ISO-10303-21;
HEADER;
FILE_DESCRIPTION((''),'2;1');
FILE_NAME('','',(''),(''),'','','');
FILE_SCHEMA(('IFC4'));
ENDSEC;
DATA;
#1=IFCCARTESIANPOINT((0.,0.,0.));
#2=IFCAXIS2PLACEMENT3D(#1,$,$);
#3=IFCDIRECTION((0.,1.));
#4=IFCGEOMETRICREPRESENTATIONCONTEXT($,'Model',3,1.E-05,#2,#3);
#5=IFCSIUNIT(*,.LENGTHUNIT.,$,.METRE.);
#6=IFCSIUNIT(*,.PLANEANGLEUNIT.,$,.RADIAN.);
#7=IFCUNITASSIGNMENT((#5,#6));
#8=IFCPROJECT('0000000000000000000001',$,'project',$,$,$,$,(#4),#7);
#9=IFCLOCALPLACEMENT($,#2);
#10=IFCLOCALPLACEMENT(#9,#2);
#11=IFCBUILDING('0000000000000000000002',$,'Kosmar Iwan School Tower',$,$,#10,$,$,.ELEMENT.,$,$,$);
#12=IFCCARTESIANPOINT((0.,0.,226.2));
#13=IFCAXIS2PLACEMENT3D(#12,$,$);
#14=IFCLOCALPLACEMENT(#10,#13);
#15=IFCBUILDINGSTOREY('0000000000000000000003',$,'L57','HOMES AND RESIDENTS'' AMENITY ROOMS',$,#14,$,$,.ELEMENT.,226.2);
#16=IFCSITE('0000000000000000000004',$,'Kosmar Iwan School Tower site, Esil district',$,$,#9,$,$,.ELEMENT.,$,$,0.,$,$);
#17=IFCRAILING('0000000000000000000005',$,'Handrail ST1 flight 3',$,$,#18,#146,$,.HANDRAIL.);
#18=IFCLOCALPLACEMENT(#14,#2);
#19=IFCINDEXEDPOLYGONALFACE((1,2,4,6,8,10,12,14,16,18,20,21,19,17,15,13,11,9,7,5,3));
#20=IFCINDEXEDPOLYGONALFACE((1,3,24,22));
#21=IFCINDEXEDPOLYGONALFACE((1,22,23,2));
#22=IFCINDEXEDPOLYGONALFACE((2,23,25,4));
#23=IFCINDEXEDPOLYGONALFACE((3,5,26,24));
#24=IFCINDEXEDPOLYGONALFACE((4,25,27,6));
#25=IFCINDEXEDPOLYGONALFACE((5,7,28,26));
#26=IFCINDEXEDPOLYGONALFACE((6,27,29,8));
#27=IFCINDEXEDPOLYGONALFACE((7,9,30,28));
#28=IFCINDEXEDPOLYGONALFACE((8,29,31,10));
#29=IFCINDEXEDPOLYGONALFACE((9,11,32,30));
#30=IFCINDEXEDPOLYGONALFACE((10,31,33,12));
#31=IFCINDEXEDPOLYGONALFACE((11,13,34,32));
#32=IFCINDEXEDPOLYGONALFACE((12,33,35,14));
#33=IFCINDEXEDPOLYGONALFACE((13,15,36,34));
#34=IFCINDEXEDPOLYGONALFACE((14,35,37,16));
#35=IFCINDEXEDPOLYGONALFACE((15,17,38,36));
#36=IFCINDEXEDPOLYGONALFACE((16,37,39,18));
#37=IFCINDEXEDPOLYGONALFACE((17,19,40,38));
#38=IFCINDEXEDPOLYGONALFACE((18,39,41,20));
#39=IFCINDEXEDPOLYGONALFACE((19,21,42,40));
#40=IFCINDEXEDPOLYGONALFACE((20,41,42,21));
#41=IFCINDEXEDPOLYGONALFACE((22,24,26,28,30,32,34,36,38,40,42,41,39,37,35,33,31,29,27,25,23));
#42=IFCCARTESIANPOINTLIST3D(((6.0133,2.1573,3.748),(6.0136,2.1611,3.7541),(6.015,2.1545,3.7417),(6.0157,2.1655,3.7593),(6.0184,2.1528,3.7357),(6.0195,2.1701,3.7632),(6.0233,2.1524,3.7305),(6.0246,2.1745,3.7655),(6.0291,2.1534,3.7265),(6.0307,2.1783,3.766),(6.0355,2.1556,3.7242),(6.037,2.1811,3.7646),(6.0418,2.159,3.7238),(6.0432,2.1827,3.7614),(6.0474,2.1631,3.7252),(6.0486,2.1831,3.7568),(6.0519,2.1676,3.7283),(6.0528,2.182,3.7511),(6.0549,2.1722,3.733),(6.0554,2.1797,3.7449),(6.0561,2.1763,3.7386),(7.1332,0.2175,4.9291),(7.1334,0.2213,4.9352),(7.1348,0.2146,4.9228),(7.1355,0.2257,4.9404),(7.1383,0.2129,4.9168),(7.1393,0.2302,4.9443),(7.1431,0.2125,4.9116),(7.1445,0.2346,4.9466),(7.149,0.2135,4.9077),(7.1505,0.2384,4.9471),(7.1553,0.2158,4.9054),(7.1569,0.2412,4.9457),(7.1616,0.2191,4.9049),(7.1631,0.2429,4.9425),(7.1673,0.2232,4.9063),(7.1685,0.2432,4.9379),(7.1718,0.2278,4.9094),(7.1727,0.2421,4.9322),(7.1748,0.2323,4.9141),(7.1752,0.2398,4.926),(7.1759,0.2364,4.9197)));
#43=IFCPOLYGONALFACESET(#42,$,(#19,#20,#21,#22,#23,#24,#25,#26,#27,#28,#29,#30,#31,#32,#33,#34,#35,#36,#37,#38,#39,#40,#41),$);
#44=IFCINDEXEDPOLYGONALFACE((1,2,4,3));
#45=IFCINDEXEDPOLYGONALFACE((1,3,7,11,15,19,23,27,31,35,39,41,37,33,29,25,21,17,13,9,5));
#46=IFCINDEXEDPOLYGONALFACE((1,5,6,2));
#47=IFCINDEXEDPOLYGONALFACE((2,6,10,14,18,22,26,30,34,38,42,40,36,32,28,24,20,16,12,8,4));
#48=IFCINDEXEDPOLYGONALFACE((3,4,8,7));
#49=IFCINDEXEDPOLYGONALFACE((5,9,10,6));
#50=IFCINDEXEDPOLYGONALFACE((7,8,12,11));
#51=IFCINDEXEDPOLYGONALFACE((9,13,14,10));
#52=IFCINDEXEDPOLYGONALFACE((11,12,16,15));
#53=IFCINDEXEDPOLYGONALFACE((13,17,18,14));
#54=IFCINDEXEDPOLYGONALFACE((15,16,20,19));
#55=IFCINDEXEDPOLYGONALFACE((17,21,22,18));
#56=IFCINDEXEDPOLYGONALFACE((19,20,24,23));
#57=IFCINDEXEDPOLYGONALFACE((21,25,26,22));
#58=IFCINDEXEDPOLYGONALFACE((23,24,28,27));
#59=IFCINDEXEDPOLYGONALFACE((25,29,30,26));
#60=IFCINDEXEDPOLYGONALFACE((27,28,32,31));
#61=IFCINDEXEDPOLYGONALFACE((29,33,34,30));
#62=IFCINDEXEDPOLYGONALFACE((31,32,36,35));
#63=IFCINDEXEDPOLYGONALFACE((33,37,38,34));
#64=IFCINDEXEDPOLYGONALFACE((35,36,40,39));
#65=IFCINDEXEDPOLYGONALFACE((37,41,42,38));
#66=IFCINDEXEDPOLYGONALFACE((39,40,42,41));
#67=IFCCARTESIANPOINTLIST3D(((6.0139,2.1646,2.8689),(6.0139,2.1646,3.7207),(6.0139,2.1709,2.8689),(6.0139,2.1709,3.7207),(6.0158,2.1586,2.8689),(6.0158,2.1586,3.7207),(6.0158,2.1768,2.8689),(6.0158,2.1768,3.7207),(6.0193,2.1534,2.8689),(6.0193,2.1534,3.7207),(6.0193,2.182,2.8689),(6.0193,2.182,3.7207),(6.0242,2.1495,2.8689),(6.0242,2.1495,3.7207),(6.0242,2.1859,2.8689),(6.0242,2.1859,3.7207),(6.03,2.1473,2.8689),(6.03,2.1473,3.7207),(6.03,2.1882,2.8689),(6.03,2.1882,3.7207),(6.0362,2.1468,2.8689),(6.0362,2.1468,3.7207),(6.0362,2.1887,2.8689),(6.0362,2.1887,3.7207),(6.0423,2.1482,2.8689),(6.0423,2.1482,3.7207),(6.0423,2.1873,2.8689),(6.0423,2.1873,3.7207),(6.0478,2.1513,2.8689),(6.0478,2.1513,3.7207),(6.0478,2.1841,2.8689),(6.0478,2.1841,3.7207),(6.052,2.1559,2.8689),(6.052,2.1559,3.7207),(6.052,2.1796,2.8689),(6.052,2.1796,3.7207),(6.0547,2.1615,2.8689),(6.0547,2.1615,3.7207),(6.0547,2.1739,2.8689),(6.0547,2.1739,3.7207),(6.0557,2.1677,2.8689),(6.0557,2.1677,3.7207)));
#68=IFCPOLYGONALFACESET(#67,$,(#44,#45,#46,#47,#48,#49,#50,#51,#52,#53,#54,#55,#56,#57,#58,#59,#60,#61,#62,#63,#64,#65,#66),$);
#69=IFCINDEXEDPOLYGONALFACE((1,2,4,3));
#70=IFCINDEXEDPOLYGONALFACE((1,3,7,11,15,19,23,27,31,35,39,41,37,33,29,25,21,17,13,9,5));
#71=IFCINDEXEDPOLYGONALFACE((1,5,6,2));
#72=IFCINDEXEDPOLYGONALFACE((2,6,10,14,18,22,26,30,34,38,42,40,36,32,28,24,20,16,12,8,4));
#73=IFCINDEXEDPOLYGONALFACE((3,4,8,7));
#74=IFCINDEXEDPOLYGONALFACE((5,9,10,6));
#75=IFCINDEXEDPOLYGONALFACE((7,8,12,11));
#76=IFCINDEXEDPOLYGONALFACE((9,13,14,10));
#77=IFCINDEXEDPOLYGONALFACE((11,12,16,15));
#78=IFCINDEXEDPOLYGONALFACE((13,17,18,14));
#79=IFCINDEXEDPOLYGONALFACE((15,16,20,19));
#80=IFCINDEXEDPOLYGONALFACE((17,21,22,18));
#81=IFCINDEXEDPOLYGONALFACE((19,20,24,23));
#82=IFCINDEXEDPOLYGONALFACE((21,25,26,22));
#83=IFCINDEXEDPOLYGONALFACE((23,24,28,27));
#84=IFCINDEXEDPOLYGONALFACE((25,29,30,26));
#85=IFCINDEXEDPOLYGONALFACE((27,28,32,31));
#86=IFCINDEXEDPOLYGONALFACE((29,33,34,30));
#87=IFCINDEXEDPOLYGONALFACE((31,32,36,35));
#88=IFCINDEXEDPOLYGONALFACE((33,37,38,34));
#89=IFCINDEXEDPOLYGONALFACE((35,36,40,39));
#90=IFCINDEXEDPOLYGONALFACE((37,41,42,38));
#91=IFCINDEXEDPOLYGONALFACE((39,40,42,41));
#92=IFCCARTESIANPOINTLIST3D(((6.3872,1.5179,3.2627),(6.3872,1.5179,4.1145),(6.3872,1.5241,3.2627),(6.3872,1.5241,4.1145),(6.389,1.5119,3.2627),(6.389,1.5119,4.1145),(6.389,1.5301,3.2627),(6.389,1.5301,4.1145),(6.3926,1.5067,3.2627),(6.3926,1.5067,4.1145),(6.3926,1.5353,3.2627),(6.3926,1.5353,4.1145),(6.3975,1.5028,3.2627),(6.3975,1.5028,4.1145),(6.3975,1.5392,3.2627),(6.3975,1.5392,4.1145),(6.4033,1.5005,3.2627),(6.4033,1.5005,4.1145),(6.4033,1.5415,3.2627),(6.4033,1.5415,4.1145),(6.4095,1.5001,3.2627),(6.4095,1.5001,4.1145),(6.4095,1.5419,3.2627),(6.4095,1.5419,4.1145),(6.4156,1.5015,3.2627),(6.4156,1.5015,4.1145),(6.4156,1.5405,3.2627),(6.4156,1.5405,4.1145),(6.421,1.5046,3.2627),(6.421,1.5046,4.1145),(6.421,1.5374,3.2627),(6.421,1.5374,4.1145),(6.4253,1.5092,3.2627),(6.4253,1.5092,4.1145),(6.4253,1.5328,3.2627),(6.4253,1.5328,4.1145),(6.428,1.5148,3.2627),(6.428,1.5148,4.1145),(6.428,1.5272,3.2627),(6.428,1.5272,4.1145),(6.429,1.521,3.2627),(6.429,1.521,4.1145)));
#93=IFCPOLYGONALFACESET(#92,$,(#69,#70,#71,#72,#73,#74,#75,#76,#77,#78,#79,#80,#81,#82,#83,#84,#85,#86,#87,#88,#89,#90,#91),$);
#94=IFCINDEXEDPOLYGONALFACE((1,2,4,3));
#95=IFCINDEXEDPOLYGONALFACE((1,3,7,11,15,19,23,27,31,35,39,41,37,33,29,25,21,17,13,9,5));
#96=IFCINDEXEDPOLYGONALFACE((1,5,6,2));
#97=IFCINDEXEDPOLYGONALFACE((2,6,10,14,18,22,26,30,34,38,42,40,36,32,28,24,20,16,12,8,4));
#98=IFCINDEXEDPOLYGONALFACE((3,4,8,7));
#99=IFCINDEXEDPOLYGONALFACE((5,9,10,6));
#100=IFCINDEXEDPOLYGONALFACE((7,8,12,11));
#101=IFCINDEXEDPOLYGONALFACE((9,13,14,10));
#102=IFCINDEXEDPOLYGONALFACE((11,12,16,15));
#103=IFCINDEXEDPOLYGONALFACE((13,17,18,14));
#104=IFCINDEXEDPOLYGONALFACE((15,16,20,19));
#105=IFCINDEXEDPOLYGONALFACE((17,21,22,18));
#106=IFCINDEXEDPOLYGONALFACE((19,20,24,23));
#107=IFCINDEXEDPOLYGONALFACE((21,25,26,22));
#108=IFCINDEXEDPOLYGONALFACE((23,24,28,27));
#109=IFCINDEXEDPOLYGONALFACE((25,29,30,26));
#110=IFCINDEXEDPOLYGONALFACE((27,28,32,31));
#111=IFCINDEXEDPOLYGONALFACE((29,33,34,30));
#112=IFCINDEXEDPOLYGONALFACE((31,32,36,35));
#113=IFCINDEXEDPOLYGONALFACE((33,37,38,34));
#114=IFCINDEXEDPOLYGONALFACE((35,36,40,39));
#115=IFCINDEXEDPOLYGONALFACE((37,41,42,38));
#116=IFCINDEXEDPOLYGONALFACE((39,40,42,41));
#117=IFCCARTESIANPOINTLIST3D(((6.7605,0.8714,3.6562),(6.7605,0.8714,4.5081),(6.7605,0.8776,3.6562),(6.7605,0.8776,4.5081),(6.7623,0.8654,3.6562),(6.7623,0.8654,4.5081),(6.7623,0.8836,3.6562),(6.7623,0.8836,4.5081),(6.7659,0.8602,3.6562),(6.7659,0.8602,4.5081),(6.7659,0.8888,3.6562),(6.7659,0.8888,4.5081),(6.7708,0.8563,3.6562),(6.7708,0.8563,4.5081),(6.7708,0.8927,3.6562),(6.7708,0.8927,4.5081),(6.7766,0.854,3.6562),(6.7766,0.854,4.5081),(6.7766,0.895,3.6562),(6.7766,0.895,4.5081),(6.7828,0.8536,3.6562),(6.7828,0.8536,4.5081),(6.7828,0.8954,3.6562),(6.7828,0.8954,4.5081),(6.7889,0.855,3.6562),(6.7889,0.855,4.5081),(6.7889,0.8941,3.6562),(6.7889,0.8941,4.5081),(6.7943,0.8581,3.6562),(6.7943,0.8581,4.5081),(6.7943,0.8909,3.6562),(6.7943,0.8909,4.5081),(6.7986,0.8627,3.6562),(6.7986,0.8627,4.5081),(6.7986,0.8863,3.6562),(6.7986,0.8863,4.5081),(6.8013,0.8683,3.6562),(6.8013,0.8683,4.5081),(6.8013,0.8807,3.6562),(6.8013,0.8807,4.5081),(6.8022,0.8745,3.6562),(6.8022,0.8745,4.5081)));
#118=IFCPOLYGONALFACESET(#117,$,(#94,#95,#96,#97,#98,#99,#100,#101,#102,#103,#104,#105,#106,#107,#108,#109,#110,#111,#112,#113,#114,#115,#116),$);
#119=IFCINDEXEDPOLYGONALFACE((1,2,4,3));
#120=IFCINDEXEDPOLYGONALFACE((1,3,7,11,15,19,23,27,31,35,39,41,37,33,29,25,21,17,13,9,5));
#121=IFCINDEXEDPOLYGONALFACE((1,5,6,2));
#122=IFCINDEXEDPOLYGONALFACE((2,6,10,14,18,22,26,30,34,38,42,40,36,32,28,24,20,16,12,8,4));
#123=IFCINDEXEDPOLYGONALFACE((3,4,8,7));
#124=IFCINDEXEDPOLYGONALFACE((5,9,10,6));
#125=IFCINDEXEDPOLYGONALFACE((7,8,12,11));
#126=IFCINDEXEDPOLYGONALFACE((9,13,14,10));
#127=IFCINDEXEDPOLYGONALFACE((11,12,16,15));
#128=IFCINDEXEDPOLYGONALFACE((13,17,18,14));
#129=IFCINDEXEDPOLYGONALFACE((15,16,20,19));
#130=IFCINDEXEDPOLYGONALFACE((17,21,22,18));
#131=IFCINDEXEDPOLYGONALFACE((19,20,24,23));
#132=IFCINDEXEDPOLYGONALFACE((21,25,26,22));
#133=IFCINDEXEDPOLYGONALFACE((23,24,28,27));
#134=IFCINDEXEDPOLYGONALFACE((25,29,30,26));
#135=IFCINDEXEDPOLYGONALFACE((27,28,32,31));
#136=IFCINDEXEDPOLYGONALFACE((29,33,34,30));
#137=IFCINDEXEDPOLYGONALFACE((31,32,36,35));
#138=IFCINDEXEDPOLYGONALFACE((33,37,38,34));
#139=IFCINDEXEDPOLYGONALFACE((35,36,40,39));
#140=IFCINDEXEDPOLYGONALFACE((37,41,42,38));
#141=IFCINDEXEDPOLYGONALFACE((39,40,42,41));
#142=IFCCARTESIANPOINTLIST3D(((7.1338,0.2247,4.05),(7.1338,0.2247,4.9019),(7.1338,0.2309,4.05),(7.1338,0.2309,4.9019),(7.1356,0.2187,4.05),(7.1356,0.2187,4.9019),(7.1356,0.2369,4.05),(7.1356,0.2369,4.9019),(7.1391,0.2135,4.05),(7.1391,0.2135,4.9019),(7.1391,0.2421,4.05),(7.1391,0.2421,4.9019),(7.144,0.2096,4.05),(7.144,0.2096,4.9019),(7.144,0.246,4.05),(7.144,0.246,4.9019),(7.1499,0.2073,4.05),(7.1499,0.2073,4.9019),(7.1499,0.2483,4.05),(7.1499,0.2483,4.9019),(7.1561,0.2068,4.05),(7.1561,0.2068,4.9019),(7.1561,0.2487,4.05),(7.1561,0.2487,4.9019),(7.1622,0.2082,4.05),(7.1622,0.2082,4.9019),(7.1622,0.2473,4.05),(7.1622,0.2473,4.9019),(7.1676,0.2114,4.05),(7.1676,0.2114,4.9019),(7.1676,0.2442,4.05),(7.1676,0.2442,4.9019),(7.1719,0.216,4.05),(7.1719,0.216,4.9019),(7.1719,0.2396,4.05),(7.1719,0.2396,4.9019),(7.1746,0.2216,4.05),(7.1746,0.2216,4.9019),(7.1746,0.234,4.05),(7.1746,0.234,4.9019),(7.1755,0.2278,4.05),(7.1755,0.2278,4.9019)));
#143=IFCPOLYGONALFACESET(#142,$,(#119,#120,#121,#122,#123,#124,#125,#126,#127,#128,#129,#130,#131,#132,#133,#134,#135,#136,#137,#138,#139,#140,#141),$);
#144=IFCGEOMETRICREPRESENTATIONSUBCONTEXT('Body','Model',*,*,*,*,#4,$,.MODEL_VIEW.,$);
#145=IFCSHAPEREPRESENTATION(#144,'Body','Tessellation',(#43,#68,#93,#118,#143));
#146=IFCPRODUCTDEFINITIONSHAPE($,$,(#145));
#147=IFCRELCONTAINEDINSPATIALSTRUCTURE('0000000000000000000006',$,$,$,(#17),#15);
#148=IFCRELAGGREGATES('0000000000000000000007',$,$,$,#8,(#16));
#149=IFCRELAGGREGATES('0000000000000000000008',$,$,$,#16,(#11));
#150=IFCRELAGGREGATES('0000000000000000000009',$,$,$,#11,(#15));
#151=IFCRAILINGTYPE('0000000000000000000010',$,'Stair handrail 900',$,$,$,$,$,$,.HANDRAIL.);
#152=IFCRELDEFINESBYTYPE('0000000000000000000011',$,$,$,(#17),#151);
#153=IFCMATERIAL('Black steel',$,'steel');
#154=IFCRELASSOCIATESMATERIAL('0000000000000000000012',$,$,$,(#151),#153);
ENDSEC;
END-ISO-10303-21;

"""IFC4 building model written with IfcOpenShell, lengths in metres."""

from ifc_helpers import new_model, si_unit, direction, frame, origin, origin_2d, place, context, subcontext, project, spatial, circle, extrude, material, type_object, element, save


model = new_model("IFC4")

# Units and contexts
model_context = context("Model", 3, precision=1e-05, world=origin(), true_north=direction((0.0, 1.0)))
body_context = subcontext(model_context, "Body", "Model", "MODEL_VIEW")
ifc_project = project(units=[si_unit("LENGTHUNIT", "METRE"), si_unit("PLANEANGLEUNIT", "RADIAN")], contexts=[model_context])

# Site, building, storey
site_placement = place(None, origin())
site = spatial("IfcSite", under=ifc_project, at=site_placement, Name="Kosmar Iwan School Tower site, Esil district", CompositionType="ELEMENT", RefElevation=0.0)
building_placement = place(site_placement, origin())
building = spatial("IfcBuilding", under=site, at=building_placement, Name="Kosmar Iwan School Tower", CompositionType="ELEMENT")
storey_placement = place(building_placement, frame((0.0, 0.0, 226.2)))
storey = spatial("IfcBuildingStorey", under=building, at=storey_placement, Name="L57", Description="HOMES AND RESIDENTS' AMENITY ROOMS", CompositionType="ELEMENT", Elevation=226.2)

# Railing
ifc_material_1 = material(Name="Black steel", Category="steel")
railing_type = type_object("IfcRailingType", Name="Stair handrail 900", PredefinedType="HANDRAIL", material=ifc_material_1)
railing_1_placement = place(storey_placement, frame((6.0347, 2.1677, 2.8689)))
element("IfcRailing", 1, at=railing_1_placement, inside=storey, type_object=railing_type, Name="Handrail ST1 flight 3", PredefinedType="HANDRAIL", context=body_context, shape_type="SweptSolid", body=[
    extrude(circle(Radius=0.0239, at=origin_2d()), frame((0.0, 0.0, 0.876), z_axis=(0.442233, -0.766075, 0.466432), x_axis=(0.866055, 0.499949, 0.0)), (0.0, 0.0, 1.0), 2.5322),
    extrude(circle(Radius=0.021, at=origin_2d()), origin(), (0.0, 0.0, 1.0), 0.8518),
    extrude(circle(Radius=0.021, at=origin_2d()), frame((0.3733, -0.6467, 0.3938)), (0.0, 0.0, 1.0), 0.8518),
    extrude(circle(Radius=0.021, at=origin_2d()), frame((0.7466, -1.2932, 0.7874)), (0.0, 0.0, 1.0), 0.8518),
    extrude(circle(Radius=0.021, at=origin_2d()), frame((1.1199, -1.9399, 1.1812)), (0.0, 0.0, 1.0), 0.8518),
])

save(model, "model.ifc")
